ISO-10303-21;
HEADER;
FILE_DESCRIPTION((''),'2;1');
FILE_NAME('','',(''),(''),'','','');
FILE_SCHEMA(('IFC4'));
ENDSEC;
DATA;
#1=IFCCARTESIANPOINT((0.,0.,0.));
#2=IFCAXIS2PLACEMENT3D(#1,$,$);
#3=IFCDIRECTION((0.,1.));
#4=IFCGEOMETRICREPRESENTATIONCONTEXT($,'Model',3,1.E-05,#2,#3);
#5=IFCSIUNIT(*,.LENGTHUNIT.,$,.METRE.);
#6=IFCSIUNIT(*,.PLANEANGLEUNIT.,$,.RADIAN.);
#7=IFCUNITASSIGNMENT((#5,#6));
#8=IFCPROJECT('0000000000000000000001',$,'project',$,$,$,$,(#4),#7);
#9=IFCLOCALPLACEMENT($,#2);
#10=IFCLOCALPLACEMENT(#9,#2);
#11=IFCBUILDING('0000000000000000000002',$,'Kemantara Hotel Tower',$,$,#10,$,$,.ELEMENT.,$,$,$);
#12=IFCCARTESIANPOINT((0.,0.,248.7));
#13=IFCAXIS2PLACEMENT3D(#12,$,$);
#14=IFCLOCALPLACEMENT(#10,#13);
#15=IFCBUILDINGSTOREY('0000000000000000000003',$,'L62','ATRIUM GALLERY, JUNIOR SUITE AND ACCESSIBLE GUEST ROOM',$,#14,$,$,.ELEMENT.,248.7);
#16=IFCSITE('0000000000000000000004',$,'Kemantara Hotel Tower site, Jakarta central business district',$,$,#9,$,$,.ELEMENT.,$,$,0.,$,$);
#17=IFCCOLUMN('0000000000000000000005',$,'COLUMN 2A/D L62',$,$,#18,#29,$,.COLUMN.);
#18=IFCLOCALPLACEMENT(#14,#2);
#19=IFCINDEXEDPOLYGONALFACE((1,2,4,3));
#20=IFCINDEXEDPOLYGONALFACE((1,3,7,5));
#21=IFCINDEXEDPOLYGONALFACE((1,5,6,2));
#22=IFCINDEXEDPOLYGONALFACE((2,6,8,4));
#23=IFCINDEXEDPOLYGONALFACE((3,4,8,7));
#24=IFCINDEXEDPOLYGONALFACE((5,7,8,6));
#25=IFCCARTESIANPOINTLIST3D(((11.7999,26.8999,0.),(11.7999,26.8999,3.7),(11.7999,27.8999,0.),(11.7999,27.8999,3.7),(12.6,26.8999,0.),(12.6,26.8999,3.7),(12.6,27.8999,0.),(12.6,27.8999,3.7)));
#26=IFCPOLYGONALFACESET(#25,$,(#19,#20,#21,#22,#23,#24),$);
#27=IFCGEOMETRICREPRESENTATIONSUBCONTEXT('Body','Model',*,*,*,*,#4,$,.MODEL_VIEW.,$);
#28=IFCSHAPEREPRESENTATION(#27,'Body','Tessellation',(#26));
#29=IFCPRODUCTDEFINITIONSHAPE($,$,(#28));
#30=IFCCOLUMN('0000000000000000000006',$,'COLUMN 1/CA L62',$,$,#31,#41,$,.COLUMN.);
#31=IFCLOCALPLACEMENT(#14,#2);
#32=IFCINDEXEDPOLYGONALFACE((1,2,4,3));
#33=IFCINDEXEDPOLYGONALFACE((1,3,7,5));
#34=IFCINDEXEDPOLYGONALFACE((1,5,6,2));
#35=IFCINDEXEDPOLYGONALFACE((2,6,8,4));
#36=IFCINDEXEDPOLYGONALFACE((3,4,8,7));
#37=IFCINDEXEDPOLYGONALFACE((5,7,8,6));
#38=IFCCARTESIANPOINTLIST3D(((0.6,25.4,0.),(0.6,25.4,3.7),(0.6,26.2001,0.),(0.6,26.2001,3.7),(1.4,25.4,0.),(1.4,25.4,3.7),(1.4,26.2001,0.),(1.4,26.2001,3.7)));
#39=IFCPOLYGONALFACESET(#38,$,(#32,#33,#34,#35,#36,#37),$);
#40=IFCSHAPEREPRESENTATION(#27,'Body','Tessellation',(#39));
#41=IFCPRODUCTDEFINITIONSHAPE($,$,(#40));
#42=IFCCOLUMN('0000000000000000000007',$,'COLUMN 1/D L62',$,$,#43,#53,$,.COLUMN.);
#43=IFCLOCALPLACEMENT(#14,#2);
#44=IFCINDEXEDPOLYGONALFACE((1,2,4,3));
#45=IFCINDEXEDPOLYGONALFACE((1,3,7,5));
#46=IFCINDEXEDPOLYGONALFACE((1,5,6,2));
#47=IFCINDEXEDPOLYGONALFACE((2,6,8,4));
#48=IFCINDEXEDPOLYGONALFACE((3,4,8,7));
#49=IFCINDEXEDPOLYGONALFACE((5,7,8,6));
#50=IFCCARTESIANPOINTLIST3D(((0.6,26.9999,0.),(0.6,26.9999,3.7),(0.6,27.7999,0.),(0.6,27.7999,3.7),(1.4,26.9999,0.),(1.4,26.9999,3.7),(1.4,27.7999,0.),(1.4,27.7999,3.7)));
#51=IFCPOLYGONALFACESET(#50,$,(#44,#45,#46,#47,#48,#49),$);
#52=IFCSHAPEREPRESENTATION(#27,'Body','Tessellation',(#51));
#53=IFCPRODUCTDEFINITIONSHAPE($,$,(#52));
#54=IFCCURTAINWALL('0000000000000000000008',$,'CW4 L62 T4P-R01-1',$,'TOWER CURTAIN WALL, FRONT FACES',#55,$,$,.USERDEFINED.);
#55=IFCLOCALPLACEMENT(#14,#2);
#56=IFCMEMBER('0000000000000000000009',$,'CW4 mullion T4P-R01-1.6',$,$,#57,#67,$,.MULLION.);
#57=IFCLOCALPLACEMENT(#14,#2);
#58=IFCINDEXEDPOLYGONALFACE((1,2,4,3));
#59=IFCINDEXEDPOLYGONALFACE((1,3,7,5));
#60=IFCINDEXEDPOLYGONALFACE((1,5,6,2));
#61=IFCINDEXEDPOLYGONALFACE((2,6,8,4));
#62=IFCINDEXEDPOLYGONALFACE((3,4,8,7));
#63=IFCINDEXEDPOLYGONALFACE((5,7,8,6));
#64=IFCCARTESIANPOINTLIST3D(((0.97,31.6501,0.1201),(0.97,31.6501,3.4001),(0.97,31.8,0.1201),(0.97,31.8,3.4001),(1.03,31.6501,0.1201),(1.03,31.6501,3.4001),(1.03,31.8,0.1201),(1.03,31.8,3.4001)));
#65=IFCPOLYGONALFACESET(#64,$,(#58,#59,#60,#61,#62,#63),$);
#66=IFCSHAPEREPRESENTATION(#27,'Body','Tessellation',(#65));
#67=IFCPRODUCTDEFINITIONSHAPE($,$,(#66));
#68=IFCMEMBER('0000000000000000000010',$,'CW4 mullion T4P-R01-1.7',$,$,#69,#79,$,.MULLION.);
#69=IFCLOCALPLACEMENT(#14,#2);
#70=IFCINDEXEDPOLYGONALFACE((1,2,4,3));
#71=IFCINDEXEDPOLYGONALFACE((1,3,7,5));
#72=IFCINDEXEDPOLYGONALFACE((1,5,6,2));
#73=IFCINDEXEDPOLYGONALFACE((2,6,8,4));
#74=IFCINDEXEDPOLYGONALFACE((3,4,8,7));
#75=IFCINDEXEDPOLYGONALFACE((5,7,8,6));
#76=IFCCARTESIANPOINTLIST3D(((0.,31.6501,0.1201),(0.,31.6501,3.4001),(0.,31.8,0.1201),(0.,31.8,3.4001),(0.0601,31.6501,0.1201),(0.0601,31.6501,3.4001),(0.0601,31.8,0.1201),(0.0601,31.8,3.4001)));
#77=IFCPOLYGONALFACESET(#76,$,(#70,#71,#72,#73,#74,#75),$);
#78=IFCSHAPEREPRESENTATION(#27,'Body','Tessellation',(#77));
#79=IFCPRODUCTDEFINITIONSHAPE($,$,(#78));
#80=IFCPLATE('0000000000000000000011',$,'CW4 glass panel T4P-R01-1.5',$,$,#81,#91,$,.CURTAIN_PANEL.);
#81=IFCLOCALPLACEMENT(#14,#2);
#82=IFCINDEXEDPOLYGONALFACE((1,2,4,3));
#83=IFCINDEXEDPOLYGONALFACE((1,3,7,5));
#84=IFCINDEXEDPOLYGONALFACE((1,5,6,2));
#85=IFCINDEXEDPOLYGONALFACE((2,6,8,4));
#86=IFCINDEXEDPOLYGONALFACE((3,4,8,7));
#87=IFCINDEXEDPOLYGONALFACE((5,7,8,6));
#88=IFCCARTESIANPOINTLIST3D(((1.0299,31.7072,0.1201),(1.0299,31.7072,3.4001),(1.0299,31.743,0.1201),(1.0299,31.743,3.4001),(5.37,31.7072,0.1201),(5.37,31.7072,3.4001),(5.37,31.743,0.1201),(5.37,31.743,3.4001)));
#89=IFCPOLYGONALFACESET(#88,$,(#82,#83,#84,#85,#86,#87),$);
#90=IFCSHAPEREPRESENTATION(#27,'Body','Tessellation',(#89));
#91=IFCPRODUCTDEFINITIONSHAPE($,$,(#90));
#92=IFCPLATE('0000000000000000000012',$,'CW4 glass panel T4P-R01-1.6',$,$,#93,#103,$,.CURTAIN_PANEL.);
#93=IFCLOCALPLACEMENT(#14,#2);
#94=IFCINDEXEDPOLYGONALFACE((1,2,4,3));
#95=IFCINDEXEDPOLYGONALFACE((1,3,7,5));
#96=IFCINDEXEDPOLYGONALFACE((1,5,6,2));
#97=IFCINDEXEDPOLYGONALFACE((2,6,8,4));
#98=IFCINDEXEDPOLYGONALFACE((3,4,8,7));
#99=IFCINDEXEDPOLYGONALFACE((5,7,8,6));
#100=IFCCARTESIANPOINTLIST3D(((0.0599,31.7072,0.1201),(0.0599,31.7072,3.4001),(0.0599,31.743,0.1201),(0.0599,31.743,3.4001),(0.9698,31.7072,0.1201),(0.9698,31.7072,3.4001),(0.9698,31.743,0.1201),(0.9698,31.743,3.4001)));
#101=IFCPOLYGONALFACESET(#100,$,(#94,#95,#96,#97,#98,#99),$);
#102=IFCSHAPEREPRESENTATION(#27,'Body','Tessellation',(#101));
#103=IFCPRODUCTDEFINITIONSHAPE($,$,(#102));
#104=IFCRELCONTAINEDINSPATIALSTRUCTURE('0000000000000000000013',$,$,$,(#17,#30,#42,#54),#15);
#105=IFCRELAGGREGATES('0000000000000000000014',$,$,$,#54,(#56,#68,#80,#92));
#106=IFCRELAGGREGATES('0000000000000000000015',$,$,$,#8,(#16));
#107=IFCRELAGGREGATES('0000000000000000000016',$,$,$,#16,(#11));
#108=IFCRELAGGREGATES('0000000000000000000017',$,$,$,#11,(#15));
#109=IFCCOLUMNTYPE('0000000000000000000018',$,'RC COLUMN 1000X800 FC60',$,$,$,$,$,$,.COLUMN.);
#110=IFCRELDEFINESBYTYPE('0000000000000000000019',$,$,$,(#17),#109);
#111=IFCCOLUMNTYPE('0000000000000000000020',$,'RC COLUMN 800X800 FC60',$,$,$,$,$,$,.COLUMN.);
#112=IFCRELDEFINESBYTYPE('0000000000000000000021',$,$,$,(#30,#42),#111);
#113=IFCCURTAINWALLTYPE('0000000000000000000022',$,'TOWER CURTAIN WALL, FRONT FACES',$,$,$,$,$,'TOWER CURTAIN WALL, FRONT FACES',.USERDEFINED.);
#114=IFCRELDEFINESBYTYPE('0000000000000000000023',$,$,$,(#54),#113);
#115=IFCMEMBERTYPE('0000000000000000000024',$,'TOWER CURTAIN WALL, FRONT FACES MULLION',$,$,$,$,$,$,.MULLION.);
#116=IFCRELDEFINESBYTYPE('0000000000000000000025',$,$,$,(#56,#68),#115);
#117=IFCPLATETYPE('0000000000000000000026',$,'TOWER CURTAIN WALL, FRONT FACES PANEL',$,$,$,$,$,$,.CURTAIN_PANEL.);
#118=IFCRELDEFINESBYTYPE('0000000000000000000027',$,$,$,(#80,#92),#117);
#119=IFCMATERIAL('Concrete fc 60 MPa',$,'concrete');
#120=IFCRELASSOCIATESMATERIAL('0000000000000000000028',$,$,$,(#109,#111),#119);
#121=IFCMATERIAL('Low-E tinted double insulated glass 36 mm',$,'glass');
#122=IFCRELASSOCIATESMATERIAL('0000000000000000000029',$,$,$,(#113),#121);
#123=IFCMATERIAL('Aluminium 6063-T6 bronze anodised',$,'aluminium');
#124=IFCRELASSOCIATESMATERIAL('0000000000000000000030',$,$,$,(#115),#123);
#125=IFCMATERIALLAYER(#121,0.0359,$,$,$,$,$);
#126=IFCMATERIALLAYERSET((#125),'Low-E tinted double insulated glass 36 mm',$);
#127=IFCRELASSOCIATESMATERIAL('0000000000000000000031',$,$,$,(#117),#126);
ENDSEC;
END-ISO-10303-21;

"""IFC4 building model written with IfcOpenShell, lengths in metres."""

from ifc_helpers import new_model, si_unit, direction, frame, origin, origin_2d, place, context, subcontext, project, spatial, rectangle, extrude, source, transform, mapped, material, layer, layer_set, material_profile, profile_set, type_object, element, aggregate, save


model = new_model("IFC4")

# Units and contexts
model_context = context("Model", 3, precision=1e-05, world=origin(), true_north=direction((0.0, 1.0)))
body_context = subcontext(model_context, "Body", "Model", "MODEL_VIEW")
ifc_project = project(units=[si_unit("LENGTHUNIT", "METRE"), si_unit("PLANEANGLEUNIT", "RADIAN")], contexts=[model_context])

# Site, building, storey
site_placement = place(None, origin())
site = spatial("IfcSite", under=ifc_project, at=site_placement, Name="Kemantara Hotel Tower site, Jakarta central business district", CompositionType="ELEMENT", RefElevation=0.0)
building_placement = place(site_placement, origin())
building = spatial("IfcBuilding", under=site, at=building_placement, Name="Kemantara Hotel Tower", CompositionType="ELEMENT")
storey_placement = place(building_placement, frame((0.0, 0.0, 248.7)))
storey = spatial("IfcBuildingStorey", under=building, at=storey_placement, Name="L62", Description="ATRIUM GALLERY, JUNIOR SUITE AND ACCESSIBLE GUEST ROOM", CompositionType="ELEMENT", Elevation=248.7)

# Columns
ifc_material_1 = material(Name="Concrete fc 60 MPa", Category="concrete")
ifc_material_profile_1 = material_profile(ifc_material_1, rectangle(XDim=1.0, YDim=0.8, at=origin_2d()), Name="RC 1000X800")
ifc_profile_set_1 = profile_set([ifc_material_profile_1], Name="Concrete fc 60 MPa")
column_type_1 = type_object("IfcColumnType", Name="RC COLUMN 1000X800 FC60", PredefinedType="COLUMN", material=ifc_profile_set_1)
column_placement = place(storey_placement, frame((12.2, 27.3999, 0.0), z_axis=(0.0, 0.0, 1.0), x_axis=(0.0, 1.0, 0.0)))
element("IfcColumn", 1, at=column_placement, inside=storey, type_object=column_type_1, Name="COLUMN 2A/D L62", PredefinedType="COLUMN", context=body_context, shape_type="SweptSolid", body=[
    extrude(rectangle(XDim=1.0, YDim=0.8, at=origin_2d()), origin(), (0.0, 0.0, 1.0), 3.7),
])
ifc_material_profile_2 = material_profile(ifc_material_1, rectangle(XDim=0.8, YDim=0.8, at=origin_2d()), Name="RC 800X800")
ifc_profile_set_2 = profile_set([ifc_material_profile_2], Name="Concrete fc 60 MPa")
column_type_2 = type_object("IfcColumnType", Name="RC COLUMN 800X800 FC60", PredefinedType="COLUMN", material=ifc_profile_set_2)
for number, where, z_axis, x_axis, name in (
    (2, (1.0, 25.8, 0.0), (0.0, 0.0, 1.0), (1.0, 0.0, 0.0), "COLUMN 1/CA L62"),
    (3, (1.0, 27.3999, 0.0), (0.0, 0.0, 1.0), (1.0, 0.0, 0.0), "COLUMN 1/D L62"),
):
    element("IfcColumn", number, at=place(storey_placement, frame(where, z_axis=z_axis, x_axis=x_axis)), inside=storey, type_object=column_type_2, Name=name, PredefinedType="COLUMN", context=body_context, shape_type="SweptSolid", body=[
        extrude(rectangle(XDim=0.8, YDim=0.8, at=origin_2d()), origin(), (0.0, 0.0, 1.0), 3.7),
    ])

# Curtain wall, members, plates
ifc_material_2 = material(Name="Low-E tinted double insulated glass 36 mm", Category="glass")
curtain_wall_type = type_object("IfcCurtainWallType", Name="TOWER CURTAIN WALL, FRONT FACES", ElementType="TOWER CURTAIN WALL, FRONT FACES", PredefinedType="USERDEFINED", material=ifc_material_2)
curtain_wall_placement = place(storey_placement, origin())
curtain_wall = element("IfcCurtainWall", 4, at=curtain_wall_placement, inside=storey, type_object=curtain_wall_type, Name="CW4 L62 T4P-R01-1", ObjectType="TOWER CURTAIN WALL, FRONT FACES", PredefinedType="USERDEFINED")
ifc_material_3 = material(Name="Aluminium 6063-T6 bronze anodised", Category="aluminium")
ifc_material_profile_3 = material_profile(ifc_material_3, rectangle(XDim=0.1499, YDim=0.0601, at=origin_2d()), Name="TOWER CURTAIN WALL, FRONT FACES MULLION")
ifc_profile_set_3 = profile_set([ifc_material_profile_3], Name="Aluminium 6063-T6 bronze anodised")
member_type = type_object("IfcMemberType", Name="TOWER CURTAIN WALL, FRONT FACES MULLION", PredefinedType="MULLION", material=ifc_profile_set_3)
shared_shape_1 = source(origin(), body_context, "Body", "SweptSolid", [
    extrude(rectangle(XDim=0.1499, YDim=0.0601, at=origin_2d()), origin(), (0.0, 0.0, 1.0), 3.28),
])
member_1_placement = place(storey_placement, frame((1.0, 31.7251, 0.1201), z_axis=(0.0, 0.0, 1.0), x_axis=(0.0, -1.0, 0.0)))
member_1 = element("IfcMember", 5, at=member_1_placement, type_object=member_type, Name="CW4 mullion T4P-R01-1.6", PredefinedType="MULLION", context=body_context, shape_type="MappedRepresentation", body=[
    mapped(shared_shape_1, transform((0.0, 0.0, 0.0))),
])
member_2_placement = place(storey_placement, frame((0.03, 31.7251, 0.1201), z_axis=(0.0, 0.0, 1.0), x_axis=(0.0, -1.0, 0.0)))
member_2 = element("IfcMember", 6, at=member_2_placement, type_object=member_type, Name="CW4 mullion T4P-R01-1.7", PredefinedType="MULLION", context=body_context, shape_type="MappedRepresentation", body=[
    mapped(shared_shape_1, transform((0.0, 0.0, 0.0))),
])
ifc_layer_1 = layer(ifc_material_2, 0.0359)
ifc_layer_set_1 = layer_set([ifc_layer_1], Name="Low-E tinted double insulated glass 36 mm")
plate_type = type_object("IfcPlateType", Name="TOWER CURTAIN WALL, FRONT FACES PANEL", PredefinedType="CURTAIN_PANEL", material=ifc_layer_set_1)
shared_shape_2 = source(origin(), body_context, "Body", "SweptSolid", [
    extrude(rectangle(XDim=4.3401, YDim=0.0359, at=origin_2d()), origin(), (0.0, 0.0, 1.0), 3.28),
])
plate_1_placement = place(storey_placement, frame((3.2, 31.7251, 0.1201), z_axis=(0.0, 0.0, 1.0), x_axis=(-1.0, 0.0, 0.0)))
plate_1 = element("IfcPlate", 7, at=plate_1_placement, type_object=plate_type, Name="CW4 glass panel T4P-R01-1.5", PredefinedType="CURTAIN_PANEL", context=body_context, shape_type="MappedRepresentation", body=[
    mapped(shared_shape_2, transform((0.0, 0.0, 0.0))),
])
shared_shape_3 = source(origin(), body_context, "Body", "SweptSolid", [
    extrude(rectangle(XDim=0.9099, YDim=0.0359, at=origin_2d()), origin(), (0.0, 0.0, 1.0), 3.28),
])
plate_2_placement = place(storey_placement, frame((0.5149, 31.7251, 0.1201), z_axis=(0.0, 0.0, 1.0), x_axis=(-1.0, 0.0, 0.0)))
plate_2 = element("IfcPlate", 8, at=plate_2_placement, type_object=plate_type, Name="CW4 glass panel T4P-R01-1.6", PredefinedType="CURTAIN_PANEL", context=body_context, shape_type="MappedRepresentation", body=[
    mapped(shared_shape_3, transform((0.0, 0.0, 0.0))),
])
aggregate(curtain_wall, [member_1, member_2, plate_1, plate_2])

save(model, "model.ifc")
